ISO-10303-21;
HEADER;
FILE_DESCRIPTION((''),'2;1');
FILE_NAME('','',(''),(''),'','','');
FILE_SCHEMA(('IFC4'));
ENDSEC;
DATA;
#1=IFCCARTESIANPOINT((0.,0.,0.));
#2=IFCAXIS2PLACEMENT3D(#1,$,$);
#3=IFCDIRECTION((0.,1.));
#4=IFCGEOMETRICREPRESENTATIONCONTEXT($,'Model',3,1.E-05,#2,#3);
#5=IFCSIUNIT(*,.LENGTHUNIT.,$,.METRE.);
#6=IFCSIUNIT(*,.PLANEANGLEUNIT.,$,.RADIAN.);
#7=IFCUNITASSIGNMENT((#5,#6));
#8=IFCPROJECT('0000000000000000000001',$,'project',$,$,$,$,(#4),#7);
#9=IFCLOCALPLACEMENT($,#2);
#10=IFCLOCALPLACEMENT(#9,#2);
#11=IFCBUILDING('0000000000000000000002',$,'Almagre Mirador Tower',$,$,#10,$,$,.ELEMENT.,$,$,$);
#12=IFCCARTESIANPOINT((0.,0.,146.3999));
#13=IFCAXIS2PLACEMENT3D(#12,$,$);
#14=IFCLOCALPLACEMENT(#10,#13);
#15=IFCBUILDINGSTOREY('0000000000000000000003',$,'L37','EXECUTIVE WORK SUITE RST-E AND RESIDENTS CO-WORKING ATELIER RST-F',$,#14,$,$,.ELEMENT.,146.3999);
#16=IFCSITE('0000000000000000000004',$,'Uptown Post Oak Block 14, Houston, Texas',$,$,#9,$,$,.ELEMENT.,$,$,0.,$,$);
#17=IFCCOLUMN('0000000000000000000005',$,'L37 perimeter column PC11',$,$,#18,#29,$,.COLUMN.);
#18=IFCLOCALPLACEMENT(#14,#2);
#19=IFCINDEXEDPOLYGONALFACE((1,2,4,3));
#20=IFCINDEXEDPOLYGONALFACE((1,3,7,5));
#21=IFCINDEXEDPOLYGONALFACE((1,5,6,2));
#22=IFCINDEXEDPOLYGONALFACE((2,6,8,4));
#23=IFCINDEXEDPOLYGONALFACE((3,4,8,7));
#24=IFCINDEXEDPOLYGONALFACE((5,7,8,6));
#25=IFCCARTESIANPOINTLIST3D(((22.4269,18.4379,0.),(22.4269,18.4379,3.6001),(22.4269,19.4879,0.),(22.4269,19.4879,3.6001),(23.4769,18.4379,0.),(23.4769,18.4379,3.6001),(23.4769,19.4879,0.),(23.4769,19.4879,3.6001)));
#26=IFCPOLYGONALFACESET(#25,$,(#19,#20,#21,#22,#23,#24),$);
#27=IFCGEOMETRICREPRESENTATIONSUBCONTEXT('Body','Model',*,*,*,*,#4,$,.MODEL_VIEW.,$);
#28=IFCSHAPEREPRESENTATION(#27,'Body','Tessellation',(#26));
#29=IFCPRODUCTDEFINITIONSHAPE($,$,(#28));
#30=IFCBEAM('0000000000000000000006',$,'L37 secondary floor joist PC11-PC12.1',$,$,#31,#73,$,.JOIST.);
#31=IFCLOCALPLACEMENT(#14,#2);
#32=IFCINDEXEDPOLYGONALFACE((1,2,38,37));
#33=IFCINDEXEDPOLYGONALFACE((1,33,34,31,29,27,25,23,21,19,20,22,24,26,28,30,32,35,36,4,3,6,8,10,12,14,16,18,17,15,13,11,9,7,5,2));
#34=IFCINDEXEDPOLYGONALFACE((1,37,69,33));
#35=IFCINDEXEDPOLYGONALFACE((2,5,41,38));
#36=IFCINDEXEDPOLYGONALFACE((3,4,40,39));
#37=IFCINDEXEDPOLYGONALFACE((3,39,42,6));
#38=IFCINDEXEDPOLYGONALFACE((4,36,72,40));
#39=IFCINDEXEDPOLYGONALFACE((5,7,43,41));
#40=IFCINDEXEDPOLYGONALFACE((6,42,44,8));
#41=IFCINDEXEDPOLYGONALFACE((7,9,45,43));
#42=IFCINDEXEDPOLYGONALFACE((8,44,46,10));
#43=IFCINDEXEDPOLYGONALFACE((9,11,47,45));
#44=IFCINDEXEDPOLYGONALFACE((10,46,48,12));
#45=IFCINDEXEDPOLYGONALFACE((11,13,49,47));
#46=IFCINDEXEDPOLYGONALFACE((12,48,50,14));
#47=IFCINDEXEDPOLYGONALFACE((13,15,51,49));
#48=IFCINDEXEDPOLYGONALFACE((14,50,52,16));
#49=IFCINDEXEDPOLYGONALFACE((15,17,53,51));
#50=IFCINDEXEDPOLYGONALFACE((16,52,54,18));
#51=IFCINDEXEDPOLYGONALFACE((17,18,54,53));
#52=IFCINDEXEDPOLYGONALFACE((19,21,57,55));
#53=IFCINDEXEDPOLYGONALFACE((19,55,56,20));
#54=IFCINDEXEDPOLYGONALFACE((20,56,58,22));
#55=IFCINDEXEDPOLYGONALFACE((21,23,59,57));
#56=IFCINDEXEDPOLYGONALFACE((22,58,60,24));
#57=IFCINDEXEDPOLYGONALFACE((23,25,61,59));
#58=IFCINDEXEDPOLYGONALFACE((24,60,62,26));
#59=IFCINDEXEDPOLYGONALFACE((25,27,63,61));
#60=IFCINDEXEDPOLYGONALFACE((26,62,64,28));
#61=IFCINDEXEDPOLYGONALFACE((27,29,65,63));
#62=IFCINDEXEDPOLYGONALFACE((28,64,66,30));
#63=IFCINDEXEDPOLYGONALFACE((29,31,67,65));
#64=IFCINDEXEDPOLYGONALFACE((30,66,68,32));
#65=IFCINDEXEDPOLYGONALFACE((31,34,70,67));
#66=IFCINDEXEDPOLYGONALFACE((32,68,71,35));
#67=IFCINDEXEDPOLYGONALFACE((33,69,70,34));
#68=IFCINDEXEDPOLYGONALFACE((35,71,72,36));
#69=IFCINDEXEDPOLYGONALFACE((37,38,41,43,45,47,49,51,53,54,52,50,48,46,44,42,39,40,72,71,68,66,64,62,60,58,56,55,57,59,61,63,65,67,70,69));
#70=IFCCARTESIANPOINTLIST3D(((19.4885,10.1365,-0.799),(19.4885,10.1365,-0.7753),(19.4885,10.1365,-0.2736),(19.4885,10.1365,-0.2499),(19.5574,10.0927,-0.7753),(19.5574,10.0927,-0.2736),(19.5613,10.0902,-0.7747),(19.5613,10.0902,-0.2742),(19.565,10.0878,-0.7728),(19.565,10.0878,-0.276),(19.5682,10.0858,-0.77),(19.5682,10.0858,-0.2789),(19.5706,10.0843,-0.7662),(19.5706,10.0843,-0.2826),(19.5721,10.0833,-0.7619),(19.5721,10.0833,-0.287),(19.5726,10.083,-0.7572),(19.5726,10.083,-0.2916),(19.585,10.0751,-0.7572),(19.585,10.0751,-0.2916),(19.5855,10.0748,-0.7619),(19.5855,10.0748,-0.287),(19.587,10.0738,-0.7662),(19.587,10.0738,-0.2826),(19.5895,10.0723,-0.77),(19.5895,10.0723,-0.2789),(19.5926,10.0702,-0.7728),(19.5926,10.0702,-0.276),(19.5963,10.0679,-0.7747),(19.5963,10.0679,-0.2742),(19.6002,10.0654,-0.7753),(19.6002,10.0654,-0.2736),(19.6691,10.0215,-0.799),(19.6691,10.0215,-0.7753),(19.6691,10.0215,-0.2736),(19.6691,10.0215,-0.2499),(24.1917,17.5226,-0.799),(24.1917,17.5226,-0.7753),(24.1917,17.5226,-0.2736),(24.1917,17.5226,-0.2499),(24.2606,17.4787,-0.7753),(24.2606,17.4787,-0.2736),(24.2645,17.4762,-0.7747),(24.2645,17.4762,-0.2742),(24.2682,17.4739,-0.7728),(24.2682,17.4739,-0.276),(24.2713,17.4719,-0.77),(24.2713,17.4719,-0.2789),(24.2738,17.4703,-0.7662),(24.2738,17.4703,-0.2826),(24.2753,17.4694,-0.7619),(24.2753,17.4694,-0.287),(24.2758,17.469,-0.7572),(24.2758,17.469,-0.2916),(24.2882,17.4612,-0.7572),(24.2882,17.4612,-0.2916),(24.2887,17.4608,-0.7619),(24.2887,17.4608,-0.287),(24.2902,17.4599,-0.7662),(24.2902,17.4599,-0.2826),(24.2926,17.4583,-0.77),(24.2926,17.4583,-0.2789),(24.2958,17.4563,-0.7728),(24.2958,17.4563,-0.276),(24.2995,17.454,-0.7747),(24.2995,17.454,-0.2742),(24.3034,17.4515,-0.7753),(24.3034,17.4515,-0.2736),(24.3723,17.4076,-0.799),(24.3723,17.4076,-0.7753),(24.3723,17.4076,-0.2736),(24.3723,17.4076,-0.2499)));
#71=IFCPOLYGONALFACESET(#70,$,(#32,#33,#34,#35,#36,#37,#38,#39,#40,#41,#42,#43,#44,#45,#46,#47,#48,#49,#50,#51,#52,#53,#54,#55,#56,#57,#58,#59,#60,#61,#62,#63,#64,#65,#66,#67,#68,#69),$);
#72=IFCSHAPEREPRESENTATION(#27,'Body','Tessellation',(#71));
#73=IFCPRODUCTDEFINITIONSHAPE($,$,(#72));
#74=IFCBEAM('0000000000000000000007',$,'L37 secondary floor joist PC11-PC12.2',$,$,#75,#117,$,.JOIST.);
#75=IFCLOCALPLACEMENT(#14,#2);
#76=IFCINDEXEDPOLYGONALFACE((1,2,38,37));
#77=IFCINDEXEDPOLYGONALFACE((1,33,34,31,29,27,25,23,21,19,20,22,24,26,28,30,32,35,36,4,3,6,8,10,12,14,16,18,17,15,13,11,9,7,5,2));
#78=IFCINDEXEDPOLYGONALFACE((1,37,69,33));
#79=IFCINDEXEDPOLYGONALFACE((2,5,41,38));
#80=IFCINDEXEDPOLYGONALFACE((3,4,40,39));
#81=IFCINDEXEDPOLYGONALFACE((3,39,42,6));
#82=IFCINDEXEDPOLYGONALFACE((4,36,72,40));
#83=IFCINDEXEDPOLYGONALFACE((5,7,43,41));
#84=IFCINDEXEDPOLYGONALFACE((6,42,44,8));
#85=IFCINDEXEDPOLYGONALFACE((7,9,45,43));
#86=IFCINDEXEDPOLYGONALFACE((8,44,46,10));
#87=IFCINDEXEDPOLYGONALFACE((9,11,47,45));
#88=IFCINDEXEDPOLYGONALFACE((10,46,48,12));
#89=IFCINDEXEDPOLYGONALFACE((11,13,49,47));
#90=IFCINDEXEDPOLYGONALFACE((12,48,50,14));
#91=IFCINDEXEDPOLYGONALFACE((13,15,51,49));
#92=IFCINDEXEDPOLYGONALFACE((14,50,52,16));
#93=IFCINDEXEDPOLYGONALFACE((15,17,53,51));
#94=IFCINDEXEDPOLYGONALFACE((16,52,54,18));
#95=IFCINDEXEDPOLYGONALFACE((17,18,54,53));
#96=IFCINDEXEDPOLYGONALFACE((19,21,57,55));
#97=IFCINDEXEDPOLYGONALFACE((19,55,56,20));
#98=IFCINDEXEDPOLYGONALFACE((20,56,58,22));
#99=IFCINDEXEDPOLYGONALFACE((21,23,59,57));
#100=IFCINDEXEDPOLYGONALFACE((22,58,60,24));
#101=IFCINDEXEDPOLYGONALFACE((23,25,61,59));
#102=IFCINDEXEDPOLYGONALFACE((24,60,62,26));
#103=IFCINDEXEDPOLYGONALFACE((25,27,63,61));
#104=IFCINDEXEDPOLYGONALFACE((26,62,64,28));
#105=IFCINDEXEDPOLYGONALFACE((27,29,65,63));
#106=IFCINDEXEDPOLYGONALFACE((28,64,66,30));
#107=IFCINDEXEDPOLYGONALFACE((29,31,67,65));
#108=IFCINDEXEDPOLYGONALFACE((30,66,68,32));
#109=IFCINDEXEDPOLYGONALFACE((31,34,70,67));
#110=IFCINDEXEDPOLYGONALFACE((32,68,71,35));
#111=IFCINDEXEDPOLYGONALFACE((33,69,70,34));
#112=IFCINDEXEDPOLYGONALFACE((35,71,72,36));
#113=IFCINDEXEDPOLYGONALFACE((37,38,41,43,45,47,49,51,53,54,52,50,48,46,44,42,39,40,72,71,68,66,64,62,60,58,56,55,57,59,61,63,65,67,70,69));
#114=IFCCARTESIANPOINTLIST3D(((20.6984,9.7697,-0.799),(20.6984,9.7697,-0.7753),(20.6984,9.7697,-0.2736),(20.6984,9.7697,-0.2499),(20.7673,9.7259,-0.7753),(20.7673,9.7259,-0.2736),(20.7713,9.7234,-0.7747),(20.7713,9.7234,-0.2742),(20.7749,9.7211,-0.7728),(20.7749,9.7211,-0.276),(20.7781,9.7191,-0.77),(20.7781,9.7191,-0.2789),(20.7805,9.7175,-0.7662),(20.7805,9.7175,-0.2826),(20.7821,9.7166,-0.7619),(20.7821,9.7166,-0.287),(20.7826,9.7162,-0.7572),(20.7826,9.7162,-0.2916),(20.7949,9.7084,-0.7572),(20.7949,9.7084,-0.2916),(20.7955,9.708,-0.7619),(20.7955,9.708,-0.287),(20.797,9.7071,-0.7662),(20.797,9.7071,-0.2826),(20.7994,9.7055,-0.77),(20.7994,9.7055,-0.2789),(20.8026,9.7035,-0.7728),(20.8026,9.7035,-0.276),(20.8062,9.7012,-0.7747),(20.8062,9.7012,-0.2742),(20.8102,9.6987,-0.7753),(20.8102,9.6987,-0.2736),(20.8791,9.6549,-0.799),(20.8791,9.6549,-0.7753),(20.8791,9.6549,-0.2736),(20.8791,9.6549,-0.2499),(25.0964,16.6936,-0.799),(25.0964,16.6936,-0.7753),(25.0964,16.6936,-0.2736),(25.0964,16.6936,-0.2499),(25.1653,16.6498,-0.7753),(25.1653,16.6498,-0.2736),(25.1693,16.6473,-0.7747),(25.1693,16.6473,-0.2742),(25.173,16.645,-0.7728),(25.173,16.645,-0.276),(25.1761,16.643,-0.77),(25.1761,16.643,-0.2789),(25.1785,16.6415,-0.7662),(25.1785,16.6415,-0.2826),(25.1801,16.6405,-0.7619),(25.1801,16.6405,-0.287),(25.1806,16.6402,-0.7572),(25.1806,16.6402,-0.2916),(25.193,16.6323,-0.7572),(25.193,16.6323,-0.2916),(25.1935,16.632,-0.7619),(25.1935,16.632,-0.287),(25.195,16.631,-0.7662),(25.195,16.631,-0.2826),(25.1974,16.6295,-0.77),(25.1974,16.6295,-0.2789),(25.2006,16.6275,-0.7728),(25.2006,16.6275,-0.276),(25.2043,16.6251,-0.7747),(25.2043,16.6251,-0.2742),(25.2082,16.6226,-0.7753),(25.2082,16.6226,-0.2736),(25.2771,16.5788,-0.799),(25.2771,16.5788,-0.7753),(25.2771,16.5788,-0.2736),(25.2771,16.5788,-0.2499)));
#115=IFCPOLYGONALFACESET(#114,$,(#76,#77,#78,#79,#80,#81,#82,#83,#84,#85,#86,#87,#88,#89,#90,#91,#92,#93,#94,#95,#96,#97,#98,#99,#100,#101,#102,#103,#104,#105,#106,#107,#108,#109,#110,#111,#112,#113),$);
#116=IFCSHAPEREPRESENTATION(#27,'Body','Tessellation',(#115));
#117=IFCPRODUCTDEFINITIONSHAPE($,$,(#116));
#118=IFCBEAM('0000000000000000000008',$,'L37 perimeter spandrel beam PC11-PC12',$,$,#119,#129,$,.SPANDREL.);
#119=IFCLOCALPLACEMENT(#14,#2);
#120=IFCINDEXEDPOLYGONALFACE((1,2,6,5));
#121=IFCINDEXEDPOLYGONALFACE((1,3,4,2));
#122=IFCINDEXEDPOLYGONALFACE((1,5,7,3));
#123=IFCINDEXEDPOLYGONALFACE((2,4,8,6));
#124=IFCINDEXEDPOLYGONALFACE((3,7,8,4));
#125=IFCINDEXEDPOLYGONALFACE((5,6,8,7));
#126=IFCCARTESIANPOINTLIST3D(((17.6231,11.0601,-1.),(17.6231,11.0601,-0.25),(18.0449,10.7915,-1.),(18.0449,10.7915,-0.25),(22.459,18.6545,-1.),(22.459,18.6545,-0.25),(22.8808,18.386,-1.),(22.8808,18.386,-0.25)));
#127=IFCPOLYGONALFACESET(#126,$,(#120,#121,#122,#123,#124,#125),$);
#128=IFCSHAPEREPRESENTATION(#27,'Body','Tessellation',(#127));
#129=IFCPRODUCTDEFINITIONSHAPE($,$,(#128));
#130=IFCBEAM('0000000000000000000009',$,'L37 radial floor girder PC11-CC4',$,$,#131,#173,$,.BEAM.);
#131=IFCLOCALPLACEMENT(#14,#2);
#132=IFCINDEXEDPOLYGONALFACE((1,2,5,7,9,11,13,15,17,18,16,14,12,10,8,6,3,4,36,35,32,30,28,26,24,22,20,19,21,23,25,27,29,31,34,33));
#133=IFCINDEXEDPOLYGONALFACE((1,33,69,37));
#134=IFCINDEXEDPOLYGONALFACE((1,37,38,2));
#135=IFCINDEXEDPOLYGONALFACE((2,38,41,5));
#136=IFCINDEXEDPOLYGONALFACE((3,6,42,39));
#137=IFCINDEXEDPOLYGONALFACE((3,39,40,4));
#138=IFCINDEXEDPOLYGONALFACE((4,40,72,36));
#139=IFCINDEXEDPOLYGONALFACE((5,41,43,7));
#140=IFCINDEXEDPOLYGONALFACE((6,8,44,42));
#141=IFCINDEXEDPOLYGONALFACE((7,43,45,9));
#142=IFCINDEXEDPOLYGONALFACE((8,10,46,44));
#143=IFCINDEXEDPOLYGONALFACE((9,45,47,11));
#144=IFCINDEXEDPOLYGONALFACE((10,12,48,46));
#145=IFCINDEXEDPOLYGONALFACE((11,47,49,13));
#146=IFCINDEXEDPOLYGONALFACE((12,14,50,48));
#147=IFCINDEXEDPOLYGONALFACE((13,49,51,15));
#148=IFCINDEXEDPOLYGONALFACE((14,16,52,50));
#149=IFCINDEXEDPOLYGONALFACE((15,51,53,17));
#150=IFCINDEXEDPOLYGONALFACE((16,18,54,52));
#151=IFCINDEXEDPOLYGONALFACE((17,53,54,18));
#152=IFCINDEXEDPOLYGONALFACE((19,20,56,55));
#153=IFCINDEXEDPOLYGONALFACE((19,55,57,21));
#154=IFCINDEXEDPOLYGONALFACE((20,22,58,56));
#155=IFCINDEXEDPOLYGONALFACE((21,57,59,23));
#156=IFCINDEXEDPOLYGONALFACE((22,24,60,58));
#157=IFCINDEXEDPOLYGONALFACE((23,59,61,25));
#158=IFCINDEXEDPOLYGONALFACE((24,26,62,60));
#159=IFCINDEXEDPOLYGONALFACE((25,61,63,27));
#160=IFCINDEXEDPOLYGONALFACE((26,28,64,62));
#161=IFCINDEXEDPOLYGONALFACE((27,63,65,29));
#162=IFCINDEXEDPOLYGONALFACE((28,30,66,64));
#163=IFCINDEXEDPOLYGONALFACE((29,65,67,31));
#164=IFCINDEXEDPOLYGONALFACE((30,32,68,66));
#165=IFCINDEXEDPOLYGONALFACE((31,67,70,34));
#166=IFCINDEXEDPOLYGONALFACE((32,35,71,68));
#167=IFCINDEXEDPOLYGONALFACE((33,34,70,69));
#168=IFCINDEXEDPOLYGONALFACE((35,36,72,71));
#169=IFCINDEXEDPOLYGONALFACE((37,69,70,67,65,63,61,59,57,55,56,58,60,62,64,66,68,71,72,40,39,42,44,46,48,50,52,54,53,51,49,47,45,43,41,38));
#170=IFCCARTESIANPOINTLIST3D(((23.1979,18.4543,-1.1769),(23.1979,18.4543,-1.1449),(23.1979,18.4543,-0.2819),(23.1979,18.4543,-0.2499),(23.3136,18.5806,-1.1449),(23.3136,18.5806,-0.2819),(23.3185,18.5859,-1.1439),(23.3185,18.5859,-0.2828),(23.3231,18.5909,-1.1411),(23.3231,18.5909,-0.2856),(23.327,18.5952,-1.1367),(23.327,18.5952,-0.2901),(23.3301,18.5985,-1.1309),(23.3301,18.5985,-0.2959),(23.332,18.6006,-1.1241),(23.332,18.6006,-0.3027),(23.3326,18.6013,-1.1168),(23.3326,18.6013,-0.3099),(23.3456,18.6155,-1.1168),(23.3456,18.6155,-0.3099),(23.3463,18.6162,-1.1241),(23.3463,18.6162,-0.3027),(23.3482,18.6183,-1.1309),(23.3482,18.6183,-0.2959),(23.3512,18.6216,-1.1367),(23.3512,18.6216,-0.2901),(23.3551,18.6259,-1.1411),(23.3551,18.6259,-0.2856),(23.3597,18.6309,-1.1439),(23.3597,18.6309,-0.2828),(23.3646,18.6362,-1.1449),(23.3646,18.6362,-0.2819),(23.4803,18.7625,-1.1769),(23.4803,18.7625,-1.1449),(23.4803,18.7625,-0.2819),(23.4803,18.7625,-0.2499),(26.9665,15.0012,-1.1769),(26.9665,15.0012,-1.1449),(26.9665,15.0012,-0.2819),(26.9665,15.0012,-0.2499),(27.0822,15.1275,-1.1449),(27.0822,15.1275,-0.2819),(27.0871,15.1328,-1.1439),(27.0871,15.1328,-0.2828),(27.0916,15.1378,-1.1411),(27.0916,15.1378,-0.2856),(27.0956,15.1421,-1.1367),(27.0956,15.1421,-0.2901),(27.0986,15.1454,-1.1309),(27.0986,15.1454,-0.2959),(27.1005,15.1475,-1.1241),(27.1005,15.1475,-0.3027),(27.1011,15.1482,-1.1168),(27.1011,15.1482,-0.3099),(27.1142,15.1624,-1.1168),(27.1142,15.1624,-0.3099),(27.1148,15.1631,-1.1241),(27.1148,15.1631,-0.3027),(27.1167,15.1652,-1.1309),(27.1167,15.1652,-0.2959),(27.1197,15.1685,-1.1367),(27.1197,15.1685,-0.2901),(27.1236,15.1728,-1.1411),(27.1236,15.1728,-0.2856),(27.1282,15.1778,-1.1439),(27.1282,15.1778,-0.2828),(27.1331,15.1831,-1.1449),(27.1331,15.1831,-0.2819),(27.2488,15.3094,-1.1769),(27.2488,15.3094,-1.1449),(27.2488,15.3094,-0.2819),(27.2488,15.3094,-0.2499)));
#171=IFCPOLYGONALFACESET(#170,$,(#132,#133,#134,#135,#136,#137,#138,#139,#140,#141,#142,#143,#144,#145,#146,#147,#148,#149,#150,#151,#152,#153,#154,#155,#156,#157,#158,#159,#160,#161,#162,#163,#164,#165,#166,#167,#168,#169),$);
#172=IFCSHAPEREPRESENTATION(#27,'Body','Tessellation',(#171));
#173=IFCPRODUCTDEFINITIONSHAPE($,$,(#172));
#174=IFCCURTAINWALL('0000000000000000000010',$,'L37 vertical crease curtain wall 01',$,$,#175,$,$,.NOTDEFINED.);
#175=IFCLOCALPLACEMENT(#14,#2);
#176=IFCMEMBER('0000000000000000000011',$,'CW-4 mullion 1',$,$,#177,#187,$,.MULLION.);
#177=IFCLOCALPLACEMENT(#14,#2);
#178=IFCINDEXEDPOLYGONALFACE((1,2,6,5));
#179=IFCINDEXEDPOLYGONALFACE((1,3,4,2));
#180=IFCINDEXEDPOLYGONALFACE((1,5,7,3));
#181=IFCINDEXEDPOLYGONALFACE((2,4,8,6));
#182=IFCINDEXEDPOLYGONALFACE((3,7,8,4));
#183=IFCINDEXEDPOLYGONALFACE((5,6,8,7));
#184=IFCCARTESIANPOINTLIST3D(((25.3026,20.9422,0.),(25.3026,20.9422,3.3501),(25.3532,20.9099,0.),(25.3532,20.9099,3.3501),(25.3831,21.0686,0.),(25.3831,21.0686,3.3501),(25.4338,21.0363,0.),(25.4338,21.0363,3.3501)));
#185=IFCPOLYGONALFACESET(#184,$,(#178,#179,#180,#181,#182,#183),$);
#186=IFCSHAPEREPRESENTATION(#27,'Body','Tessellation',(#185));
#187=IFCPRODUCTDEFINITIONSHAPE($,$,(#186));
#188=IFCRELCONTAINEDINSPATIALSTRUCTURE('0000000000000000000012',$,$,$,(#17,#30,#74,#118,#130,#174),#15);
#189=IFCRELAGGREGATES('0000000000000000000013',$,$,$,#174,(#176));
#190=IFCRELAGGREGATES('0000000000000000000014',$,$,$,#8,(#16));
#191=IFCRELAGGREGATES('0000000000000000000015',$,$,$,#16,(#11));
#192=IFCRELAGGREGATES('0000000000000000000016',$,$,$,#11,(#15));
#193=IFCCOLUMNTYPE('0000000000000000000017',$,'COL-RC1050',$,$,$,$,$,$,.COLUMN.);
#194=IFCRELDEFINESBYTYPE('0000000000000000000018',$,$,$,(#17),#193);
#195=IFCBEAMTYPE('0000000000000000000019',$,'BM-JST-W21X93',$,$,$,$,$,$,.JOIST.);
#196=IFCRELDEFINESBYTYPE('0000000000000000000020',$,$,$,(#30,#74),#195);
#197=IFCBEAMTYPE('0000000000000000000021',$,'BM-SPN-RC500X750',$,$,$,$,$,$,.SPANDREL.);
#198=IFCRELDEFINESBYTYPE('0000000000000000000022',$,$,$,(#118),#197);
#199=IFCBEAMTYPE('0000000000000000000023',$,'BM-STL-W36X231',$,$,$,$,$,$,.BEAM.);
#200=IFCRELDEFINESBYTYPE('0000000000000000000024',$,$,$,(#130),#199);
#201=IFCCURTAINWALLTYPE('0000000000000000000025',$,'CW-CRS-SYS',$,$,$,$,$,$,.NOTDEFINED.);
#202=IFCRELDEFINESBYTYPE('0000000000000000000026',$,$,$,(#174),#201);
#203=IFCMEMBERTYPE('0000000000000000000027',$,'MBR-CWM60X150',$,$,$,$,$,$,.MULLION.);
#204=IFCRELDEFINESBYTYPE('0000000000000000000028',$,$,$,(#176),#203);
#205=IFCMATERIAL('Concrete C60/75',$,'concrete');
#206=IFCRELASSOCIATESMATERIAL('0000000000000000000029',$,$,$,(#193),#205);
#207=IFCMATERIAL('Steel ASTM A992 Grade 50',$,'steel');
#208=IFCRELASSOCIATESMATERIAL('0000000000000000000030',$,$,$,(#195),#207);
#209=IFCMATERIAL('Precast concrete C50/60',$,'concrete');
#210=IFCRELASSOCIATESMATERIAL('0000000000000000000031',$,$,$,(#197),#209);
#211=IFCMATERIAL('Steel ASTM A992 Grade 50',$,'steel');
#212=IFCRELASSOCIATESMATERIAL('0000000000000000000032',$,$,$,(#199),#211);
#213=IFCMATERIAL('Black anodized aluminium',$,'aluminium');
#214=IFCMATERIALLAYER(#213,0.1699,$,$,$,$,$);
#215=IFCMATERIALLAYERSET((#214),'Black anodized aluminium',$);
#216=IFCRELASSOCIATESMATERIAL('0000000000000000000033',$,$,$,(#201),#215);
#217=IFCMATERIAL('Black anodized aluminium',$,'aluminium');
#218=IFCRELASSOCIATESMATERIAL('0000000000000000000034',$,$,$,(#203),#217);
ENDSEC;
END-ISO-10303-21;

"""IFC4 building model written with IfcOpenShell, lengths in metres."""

from ifc_helpers import new_model, si_unit, direction, frame, origin, origin_2d, place, context, subcontext, project, spatial, rectangle, i_section, extrude, material, layer, layer_set, material_profile, profile_set, type_object, element, aggregate, save


model = new_model("IFC4")

# Units and contexts
model_context = context("Model", 3, precision=1e-05, world=origin(), true_north=direction((0.0, 1.0)))
body_context = subcontext(model_context, "Body", "Model", "MODEL_VIEW")
ifc_project = project(units=[si_unit("LENGTHUNIT", "METRE"), si_unit("PLANEANGLEUNIT", "RADIAN")], contexts=[model_context])

# Site, building, storey
site_placement = place(None, origin())
site = spatial("IfcSite", under=ifc_project, at=site_placement, Name="Uptown Post Oak Block 14, Houston, Texas", CompositionType="ELEMENT", RefElevation=0.0)
building_placement = place(site_placement, origin())
building = spatial("IfcBuilding", under=site, at=building_placement, Name="Almagre Mirador Tower", CompositionType="ELEMENT")
storey_placement = place(building_placement, frame((0.0, 0.0, 146.3999)))
storey = spatial("IfcBuildingStorey", under=building, at=storey_placement, Name="L37", Description="EXECUTIVE WORK SUITE RST-E AND RESIDENTS CO-WORKING ATELIER RST-F", CompositionType="ELEMENT", Elevation=146.3999)

# Column
ifc_material_1 = material(Name="Concrete C60/75", Category="concrete")
ifc_material_profile_1 = material_profile(ifc_material_1, rectangle(XDim=1.05, YDim=1.05, at=origin_2d()), Name="RC1050X1050")
ifc_profile_set_1 = profile_set([ifc_material_profile_1], Name="Concrete C60/75")
column_type = type_object("IfcColumnType", Name="COL-RC1050", PredefinedType="COLUMN", material=ifc_profile_set_1)
column_placement = place(storey_placement, frame((22.9519, 18.9629, 0.0), z_axis=(0.0, 0.0, 1.0), x_axis=(1.0, 0.0, 0.0)))
element("IfcColumn", 1, at=column_placement, inside=storey, type_object=column_type, Name="L37 perimeter column PC11", PredefinedType="COLUMN", context=body_context, shape_type="SweptSolid", body=[
    extrude(rectangle(XDim=1.05, YDim=1.05, at=origin_2d()), origin(), (0.0, 0.0, 1.0), 3.6001),
])

# Beams
ifc_material_2 = material(Name="Steel ASTM A992 Grade 50", Category="steel")
ifc_material_profile_2 = material_profile(ifc_material_2, i_section(OverallWidth=0.2141, OverallDepth=0.5491, WebThickness=0.0146, FlangeThickness=0.0237, FilletRadius=0.0181, at=origin_2d()), Name="W21X93")
ifc_profile_set_2 = profile_set([ifc_material_profile_2], Name="Steel ASTM A992 Grade 50")
beam_type_1 = type_object("IfcBeamType", Name="BM-JST-W21X93", PredefinedType="JOIST", material=ifc_profile_set_2)
beam_1_placement = place(storey_placement, frame((24.282, 17.4651, -0.5244), z_axis=(-0.537115, -0.843509, 0.0), x_axis=(0.843509, -0.537115, 0.0)))
element("IfcBeam", 2, at=beam_1_placement, inside=storey, type_object=beam_type_1, Name="L37 secondary floor joist PC11-PC12.1", PredefinedType="JOIST", context=body_context, shape_type="SweptSolid", body=[
    extrude(i_section(OverallWidth=0.2141, OverallDepth=0.5491, WebThickness=0.0146, FlangeThickness=0.0237, FilletRadius=0.0181, at=origin_2d()), origin(), (0.0, 0.0, 1.0), 8.7563),
])
beam_2_placement = place(storey_placement, frame((25.1868, 16.6362, -0.5244), z_axis=(-0.53617, -0.84411, 0.0), x_axis=(0.84411, -0.53617, 0.0)))
element("IfcBeam", 3, at=beam_2_placement, inside=storey, type_object=beam_type_1, Name="L37 secondary floor joist PC11-PC12.2", PredefinedType="JOIST", context=body_context, shape_type="SweptSolid", body=[
    extrude(i_section(OverallWidth=0.2141, OverallDepth=0.5491, WebThickness=0.0146, FlangeThickness=0.0237, FilletRadius=0.0181, at=origin_2d()), origin(), (0.0, 0.0, 1.0), 8.2026),
])
ifc_material_3 = material(Name="Precast concrete C50/60", Category="concrete")
ifc_material_profile_3 = material_profile(ifc_material_3, rectangle(XDim=0.5, YDim=0.75, at=origin_2d()), Name="RC500X750")
ifc_profile_set_3 = profile_set([ifc_material_profile_3], Name="Precast concrete C50/60")
beam_type_2 = type_object("IfcBeamType", Name="BM-SPN-RC500X750", PredefinedType="SPANDREL", material=ifc_profile_set_3)
beam_3_placement = place(storey_placement, frame((22.6699, 18.5203, -0.625), z_axis=(-0.537119, -0.843506, 0.0), x_axis=(0.843506, -0.537119, 0.0)))
element("IfcBeam", 4, at=beam_3_placement, inside=storey, type_object=beam_type_2, Name="L37 perimeter spandrel beam PC11-PC12", PredefinedType="SPANDREL", context=body_context, shape_type="SweptSolid", body=[
    extrude(rectangle(XDim=0.5, YDim=0.75, at=origin_2d()), origin(), (0.0, 0.0, 1.0), 9.0034),
])
ifc_material_4 = material(Name="Steel ASTM A992 Grade 50", Category="steel")
ifc_material_profile_4 = material_profile(ifc_material_4, i_section(OverallWidth=0.418, OverallDepth=0.927, WebThickness=0.0193, FlangeThickness=0.032, FilletRadius=0.0281, at=origin_2d()), Name="W36X231")
ifc_profile_set_4 = profile_set([ifc_material_profile_4], Name="Steel ASTM A992 Grade 50")
beam_type_3 = type_object("IfcBeamType", Name="BM-STL-W36X231", PredefinedType="BEAM", material=ifc_profile_set_4)
beam_4_placement = place(storey_placement, frame((23.3391, 18.6084, -0.7134), z_axis=(0.737289, -0.675578, 0.0), x_axis=(0.675578, 0.737289, 0.0)))
element("IfcBeam", 5, at=beam_4_placement, inside=storey, type_object=beam_type_3, Name="L37 radial floor girder PC11-CC4", PredefinedType="BEAM", context=body_context, shape_type="SweptSolid", body=[
    extrude(i_section(OverallWidth=0.418, OverallDepth=0.927, WebThickness=0.0193, FlangeThickness=0.032, FilletRadius=0.0281, at=origin_2d()), origin(), (0.0, 0.0, 1.0), 5.1113),
])

# Curtain wall, member
ifc_material_5 = material(Name="Black anodized aluminium", Category="aluminium")
ifc_layer_1 = layer(ifc_material_5, 0.1699)
ifc_layer_set_1 = layer_set([ifc_layer_1], Name="Black anodized aluminium")
curtain_wall_type = type_object("IfcCurtainWallType", Name="CW-CRS-SYS", PredefinedType="NOTDEFINED", material=ifc_layer_set_1)
curtain_wall_placement = place(storey_placement, origin())
curtain_wall = element("IfcCurtainWall", 6, at=curtain_wall_placement, inside=storey, type_object=curtain_wall_type, Name="L37 vertical crease curtain wall 01", PredefinedType="NOTDEFINED")
ifc_material_6 = material(Name="Black anodized aluminium", Category="aluminium")
ifc_material_profile_5 = material_profile(ifc_material_6, rectangle(XDim=0.0601, YDim=0.1499, at=origin_2d()), Name="CWM60X150")
ifc_profile_set_5 = profile_set([ifc_material_profile_5], Name="Black anodized aluminium")
member_type_1 = type_object("IfcMemberType", Name="MBR-CWM60X150", PredefinedType="MULLION", material=ifc_profile_set_5)
member_1_placement = place(storey_placement, frame((25.3682, 20.9893, 0.0), z_axis=(0.0, 0.0, 1.0), x_axis=(-0.843425, 0.537247, 0.0)))
member_1 = element("IfcMember", 7, at=member_1_placement, type_object=member_type_1, Name="CW-4 mullion 1", PredefinedType="MULLION", context=body_context, shape_type="SweptSolid", body=[
    extrude(rectangle(XDim=0.0601, YDim=0.1499, at=origin_2d()), origin(), (0.0, 0.0, 1.0), 3.3501),
])
aggregate(curtain_wall, [member_1])

save(model, "model.ifc")
